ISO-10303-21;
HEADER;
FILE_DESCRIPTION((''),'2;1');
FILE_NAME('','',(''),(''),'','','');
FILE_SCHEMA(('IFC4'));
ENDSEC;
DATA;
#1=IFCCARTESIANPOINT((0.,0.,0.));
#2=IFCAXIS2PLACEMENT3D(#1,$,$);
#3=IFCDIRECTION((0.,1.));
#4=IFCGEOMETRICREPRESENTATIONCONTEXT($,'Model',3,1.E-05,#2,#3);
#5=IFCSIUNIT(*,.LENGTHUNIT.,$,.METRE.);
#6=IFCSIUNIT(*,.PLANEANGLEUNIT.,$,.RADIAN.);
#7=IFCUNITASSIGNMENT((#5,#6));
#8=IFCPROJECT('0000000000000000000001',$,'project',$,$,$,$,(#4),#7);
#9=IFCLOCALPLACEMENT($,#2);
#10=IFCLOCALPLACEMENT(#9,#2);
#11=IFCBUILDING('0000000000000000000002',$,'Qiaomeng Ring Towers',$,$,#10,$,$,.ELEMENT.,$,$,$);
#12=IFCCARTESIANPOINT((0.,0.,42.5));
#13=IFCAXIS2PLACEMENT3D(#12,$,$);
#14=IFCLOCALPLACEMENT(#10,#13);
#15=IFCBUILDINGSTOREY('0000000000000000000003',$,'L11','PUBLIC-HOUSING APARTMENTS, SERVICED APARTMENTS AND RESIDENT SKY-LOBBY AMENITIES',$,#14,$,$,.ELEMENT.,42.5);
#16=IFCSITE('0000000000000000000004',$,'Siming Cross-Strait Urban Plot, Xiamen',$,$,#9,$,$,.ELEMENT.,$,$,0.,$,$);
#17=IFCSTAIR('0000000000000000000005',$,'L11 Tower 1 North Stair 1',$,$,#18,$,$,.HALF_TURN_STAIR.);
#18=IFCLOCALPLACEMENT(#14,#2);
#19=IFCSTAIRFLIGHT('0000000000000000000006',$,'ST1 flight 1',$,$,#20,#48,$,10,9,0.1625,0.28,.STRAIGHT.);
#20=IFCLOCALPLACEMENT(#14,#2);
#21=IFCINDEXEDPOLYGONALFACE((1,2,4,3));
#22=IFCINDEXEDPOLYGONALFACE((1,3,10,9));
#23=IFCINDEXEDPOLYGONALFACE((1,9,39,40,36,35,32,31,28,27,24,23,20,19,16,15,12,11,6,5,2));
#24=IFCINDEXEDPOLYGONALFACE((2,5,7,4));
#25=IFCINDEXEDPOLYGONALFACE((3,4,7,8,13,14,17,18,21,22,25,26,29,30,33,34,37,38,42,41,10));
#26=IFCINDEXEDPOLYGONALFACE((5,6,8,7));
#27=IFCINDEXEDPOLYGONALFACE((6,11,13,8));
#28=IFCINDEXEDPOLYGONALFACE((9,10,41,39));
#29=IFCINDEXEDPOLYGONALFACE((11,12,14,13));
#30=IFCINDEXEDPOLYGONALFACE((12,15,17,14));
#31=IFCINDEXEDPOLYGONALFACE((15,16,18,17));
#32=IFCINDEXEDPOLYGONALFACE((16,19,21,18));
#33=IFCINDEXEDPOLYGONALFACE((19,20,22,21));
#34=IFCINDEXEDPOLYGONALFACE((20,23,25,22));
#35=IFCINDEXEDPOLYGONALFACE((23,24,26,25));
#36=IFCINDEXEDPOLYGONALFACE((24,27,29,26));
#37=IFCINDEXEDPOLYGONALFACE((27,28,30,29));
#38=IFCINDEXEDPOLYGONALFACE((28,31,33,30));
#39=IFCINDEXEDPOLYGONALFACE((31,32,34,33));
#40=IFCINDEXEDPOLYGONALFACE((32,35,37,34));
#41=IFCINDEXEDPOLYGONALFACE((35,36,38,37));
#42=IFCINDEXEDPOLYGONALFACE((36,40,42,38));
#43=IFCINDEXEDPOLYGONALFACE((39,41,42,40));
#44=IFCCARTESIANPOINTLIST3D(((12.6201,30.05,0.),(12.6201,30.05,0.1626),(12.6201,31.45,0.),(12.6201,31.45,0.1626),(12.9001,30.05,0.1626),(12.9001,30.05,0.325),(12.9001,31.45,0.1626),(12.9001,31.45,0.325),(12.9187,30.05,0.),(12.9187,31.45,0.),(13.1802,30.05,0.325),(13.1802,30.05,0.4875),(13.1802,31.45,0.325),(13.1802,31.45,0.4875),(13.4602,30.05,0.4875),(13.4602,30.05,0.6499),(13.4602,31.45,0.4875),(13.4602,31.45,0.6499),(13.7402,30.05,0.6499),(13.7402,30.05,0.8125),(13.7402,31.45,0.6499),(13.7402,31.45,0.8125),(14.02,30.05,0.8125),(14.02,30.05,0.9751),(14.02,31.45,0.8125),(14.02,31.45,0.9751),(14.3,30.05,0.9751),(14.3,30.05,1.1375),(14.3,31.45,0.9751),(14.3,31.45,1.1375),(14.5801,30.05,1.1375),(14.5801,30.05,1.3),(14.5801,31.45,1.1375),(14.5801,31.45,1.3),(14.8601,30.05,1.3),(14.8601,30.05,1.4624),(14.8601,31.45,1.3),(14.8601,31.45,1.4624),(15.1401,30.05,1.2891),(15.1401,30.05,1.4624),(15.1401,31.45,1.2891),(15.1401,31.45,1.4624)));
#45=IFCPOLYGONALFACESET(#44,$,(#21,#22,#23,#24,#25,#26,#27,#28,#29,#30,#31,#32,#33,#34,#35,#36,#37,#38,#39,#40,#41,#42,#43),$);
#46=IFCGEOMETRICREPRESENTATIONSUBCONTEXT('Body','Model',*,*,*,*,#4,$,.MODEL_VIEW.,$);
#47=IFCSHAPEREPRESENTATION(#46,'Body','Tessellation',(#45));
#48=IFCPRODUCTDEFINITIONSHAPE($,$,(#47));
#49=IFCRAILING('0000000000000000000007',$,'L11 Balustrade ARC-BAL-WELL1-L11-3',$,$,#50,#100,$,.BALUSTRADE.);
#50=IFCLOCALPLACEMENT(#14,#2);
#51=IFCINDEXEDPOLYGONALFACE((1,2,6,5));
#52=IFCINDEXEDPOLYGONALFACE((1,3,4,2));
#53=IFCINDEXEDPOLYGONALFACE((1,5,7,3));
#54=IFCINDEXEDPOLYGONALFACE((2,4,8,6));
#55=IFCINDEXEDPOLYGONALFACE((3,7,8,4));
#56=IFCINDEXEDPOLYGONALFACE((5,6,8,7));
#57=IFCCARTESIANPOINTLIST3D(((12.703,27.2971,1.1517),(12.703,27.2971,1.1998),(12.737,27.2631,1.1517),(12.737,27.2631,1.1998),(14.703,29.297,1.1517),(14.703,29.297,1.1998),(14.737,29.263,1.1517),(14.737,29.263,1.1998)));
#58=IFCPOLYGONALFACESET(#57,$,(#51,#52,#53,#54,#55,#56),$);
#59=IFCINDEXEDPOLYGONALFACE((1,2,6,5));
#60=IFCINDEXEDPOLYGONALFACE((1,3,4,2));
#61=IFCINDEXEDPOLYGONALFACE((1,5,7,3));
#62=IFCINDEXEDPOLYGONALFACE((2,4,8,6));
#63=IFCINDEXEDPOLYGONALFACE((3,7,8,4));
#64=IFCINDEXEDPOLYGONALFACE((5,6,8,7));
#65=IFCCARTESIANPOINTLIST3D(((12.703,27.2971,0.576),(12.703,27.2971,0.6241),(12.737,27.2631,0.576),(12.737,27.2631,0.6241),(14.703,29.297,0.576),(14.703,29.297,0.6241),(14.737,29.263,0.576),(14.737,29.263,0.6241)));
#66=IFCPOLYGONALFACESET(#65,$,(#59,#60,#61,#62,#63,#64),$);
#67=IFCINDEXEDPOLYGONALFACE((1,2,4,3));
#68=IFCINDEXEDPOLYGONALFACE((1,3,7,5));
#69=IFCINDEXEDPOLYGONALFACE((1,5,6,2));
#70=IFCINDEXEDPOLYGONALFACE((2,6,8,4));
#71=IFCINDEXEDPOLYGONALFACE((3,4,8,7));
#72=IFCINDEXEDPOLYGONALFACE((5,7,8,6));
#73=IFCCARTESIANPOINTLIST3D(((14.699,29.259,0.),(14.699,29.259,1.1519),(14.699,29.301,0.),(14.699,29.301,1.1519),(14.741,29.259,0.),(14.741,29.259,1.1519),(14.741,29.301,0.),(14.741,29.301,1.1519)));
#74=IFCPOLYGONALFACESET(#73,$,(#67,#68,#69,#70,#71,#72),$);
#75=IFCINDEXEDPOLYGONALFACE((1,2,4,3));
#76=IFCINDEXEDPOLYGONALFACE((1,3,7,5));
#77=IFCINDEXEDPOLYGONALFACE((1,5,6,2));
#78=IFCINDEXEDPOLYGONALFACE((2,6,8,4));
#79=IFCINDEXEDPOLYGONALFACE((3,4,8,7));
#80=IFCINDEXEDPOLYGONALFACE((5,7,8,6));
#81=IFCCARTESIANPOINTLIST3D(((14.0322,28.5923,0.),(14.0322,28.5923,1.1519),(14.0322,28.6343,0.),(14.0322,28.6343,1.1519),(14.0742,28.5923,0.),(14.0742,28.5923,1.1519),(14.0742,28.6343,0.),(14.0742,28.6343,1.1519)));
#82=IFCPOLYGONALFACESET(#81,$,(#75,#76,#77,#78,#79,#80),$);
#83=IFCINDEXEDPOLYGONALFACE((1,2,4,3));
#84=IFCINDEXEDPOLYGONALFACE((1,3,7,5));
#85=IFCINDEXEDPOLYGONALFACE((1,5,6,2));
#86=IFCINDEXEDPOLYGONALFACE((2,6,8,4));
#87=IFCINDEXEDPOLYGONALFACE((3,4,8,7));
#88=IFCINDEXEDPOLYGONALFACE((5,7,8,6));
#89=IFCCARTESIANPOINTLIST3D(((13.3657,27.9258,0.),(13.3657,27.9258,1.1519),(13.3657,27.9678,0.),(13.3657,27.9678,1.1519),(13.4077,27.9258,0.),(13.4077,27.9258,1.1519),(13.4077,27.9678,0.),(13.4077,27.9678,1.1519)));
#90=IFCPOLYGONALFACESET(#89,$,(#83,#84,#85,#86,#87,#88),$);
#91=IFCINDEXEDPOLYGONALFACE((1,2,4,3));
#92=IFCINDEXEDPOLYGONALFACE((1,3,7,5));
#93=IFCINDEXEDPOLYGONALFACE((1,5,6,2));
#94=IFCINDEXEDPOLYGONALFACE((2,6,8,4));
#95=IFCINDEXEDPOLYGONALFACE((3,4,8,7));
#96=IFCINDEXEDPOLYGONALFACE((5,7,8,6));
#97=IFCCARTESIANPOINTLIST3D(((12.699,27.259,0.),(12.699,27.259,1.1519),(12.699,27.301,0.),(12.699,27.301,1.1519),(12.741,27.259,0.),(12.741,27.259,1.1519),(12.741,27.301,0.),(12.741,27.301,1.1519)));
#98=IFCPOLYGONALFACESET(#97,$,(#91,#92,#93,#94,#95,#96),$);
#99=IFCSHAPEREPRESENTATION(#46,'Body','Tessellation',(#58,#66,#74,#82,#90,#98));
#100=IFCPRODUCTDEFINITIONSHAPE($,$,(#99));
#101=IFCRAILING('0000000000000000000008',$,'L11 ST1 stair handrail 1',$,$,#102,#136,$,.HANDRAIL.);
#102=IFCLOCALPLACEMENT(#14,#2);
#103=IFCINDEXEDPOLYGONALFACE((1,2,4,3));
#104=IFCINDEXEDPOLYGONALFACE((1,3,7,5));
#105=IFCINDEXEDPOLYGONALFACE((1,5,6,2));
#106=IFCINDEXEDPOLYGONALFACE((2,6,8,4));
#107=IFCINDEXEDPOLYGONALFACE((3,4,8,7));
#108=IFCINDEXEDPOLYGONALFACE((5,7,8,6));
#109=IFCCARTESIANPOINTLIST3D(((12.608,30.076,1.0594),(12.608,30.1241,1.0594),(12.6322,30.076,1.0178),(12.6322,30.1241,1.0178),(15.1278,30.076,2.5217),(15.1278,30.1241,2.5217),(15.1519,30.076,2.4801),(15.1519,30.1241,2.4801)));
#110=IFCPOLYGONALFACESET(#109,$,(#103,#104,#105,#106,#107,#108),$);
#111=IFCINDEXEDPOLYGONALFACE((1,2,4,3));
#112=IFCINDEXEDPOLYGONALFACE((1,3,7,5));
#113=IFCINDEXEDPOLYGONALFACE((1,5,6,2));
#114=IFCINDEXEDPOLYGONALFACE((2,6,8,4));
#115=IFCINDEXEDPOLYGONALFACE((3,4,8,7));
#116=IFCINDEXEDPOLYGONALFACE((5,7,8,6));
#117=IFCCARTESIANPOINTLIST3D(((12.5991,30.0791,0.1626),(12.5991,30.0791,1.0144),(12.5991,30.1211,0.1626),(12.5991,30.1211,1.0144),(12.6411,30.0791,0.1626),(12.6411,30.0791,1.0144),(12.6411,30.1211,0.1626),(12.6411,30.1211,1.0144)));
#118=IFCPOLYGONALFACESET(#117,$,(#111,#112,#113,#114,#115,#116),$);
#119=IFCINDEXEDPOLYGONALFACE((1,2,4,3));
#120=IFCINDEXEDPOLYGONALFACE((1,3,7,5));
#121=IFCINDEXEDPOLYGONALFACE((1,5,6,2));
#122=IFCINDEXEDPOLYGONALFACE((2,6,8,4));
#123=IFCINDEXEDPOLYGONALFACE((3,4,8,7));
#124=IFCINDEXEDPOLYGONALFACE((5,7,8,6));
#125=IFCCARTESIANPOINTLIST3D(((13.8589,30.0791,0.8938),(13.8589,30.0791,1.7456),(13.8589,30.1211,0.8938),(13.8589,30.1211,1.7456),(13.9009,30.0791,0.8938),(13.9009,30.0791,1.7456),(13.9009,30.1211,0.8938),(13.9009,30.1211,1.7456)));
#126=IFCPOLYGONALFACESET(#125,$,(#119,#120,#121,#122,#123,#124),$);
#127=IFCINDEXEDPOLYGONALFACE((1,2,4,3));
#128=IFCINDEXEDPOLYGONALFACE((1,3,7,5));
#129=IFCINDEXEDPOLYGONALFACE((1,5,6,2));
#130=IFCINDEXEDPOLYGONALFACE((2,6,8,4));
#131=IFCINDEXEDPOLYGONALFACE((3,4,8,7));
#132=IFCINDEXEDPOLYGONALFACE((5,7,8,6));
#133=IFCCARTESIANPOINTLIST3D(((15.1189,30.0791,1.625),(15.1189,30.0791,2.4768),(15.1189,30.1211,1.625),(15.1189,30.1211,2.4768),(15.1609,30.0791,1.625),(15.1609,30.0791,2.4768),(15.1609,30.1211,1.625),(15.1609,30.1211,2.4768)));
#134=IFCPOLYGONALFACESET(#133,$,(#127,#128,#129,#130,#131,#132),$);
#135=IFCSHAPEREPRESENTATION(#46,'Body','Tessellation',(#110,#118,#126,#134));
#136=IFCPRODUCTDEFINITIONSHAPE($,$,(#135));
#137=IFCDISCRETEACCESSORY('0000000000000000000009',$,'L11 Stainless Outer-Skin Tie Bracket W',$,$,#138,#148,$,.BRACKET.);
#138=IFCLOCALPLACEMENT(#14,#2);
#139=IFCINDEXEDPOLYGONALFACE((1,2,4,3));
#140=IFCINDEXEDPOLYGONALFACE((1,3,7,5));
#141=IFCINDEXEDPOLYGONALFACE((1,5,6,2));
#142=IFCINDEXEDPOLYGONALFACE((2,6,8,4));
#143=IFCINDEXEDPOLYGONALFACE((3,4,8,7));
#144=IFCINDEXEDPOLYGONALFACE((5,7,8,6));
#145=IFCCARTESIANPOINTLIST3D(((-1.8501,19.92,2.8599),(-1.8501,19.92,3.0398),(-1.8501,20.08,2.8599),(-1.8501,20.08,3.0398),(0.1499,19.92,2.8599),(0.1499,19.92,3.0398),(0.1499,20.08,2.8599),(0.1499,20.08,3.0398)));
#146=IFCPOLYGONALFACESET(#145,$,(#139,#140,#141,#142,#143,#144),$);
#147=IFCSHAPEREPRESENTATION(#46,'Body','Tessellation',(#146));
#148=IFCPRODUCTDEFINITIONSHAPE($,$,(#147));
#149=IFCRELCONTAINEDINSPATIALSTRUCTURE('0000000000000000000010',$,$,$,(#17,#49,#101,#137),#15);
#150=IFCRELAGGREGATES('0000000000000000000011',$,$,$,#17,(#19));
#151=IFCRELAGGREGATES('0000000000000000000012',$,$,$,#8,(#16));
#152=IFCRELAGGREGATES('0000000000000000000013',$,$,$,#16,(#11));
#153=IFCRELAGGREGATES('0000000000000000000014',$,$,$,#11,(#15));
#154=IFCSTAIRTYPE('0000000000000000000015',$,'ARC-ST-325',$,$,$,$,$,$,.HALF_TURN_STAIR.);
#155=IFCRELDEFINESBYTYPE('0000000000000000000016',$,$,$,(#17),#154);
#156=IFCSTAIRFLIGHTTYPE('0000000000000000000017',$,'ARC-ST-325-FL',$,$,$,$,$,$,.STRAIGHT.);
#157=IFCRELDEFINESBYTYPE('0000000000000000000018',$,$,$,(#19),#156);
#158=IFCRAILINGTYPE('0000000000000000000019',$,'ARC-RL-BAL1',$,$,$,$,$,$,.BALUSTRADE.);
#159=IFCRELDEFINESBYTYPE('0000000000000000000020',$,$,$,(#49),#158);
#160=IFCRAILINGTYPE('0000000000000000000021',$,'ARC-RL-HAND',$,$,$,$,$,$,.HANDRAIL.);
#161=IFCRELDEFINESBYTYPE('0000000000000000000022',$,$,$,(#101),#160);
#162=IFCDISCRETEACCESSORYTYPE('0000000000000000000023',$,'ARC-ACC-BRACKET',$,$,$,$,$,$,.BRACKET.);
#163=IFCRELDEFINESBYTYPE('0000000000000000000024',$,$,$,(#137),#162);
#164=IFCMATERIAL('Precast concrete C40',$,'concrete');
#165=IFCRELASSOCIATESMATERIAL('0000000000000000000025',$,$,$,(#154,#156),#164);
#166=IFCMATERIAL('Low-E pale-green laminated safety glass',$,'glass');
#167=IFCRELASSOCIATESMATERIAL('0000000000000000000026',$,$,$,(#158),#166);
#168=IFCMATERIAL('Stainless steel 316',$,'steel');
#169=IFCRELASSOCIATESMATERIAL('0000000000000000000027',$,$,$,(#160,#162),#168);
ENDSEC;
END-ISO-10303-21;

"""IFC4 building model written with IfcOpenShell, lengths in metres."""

from ifc_helpers import new_model, si_unit, direction, frame, origin, origin_2d, place, context, subcontext, project, spatial, polyline, rectangle, outline, extrude, source, transform, mapped, material, type_object, element, aggregate, save


model = new_model("IFC4")

# Units and contexts
model_context = context("Model", 3, precision=1e-05, world=origin(), true_north=direction((0.0, 1.0)))
body_context = subcontext(model_context, "Body", "Model", "MODEL_VIEW")
ifc_project = project(units=[si_unit("LENGTHUNIT", "METRE"), si_unit("PLANEANGLEUNIT", "RADIAN")], contexts=[model_context])

# Site, building, storey
site_placement = place(None, origin())
site = spatial("IfcSite", under=ifc_project, at=site_placement, Name="Siming Cross-Strait Urban Plot, Xiamen", CompositionType="ELEMENT", RefElevation=0.0)
building_placement = place(site_placement, origin())
building = spatial("IfcBuilding", under=site, at=building_placement, Name="Qiaomeng Ring Towers", CompositionType="ELEMENT")
storey_placement = place(building_placement, frame((0.0, 0.0, 42.5)))
storey = spatial("IfcBuildingStorey", under=building, at=storey_placement, Name="L11", Description="PUBLIC-HOUSING APARTMENTS, SERVICED APARTMENTS AND RESIDENT SKY-LOBBY AMENITIES", CompositionType="ELEMENT", Elevation=42.5)

# Stair, stair flight
ifc_material_1 = material(Name="Precast concrete C40", Category="concrete")
stair_type = type_object("IfcStairType", Name="ARC-ST-325", PredefinedType="HALF_TURN_STAIR", material=ifc_material_1)
stair_placement = place(storey_placement, origin())
stair = element("IfcStair", 1, at=stair_placement, inside=storey, type_object=stair_type, Name="L11 Tower 1 North Stair 1", PredefinedType="HALF_TURN_STAIR")
stair_flight_type = type_object("IfcStairFlightType", Name="ARC-ST-325-FL", PredefinedType="STRAIGHT", material=ifc_material_1)
shared_shape_1 = source(origin(), body_context, "Body", "SweptSolid", [
    extrude(outline(polyline([(0.0, 0.0), (0.0, 0.1626), (0.28, 0.1626), (0.28, 0.325), (0.5601, 0.325), (0.5601, 0.4875), (0.8401, 0.4875), (0.8401, 0.6499), (1.1201, 0.6499), (1.1201, 0.8125), (1.3999, 0.8125), (1.3999, 0.9751), (1.6799, 0.9751), (1.6799, 1.1375), (1.96, 1.1375), (1.96, 1.3), (2.24, 1.3), (2.24, 1.4624), (2.52, 1.4624), (2.52, 1.625), (2.52, 1.2891), (0.2986, 0.0), (0.0, 0.0)])), frame((0.0, 0.7, 0.0), z_axis=(0.0, -1.0, 0.0), x_axis=(1.0, 0.0, 0.0)), (0.0, 0.0, 1.0), 1.3999),
])
stair_flight_placement = place(storey_placement, frame((12.6201, 30.75, 0.0), z_axis=(0.0, 0.0, 1.0), x_axis=(1.0, 0.0, 0.0)))
stair_flight = element("IfcStairFlight", 2, at=stair_flight_placement, type_object=stair_flight_type, Name="ST1 flight 1", NumberOfRisers=10, NumberOfTreads=9, PredefinedType="STRAIGHT", RiserHeight=0.1625, TreadLength=0.28, context=body_context, shape_type="MappedRepresentation", body=[
    mapped(shared_shape_1, transform((0.0, 0.0, 0.0), x_axis=(1.0, 0.0, 0.0), y_axis=(0.0, 1.0, 0.0), z_axis=(0.0, 0.0, 1.0), scale=1.0)),
])
aggregate(stair, [stair_flight])

# Railings
ifc_material_2 = material(Name="Low-E pale-green laminated safety glass", Category="glass")
railing_type_1 = type_object("IfcRailingType", Name="ARC-RL-BAL1", PredefinedType="BALUSTRADE", material=ifc_material_2)
railing_1_placement = place(storey_placement, frame((14.72, 29.28, 0.0)))
element("IfcRailing", 3, at=railing_1_placement, inside=storey, type_object=railing_type_1, Name="L11 Balustrade ARC-BAL-WELL1-L11-3", PredefinedType="BALUSTRADE", context=body_context, shape_type="SweptSolid", body=[
    extrude(rectangle(XDim=0.0481, YDim=0.0481, at=origin_2d()), frame((0.0, 0.0, 1.1758), z_axis=(-0.707107, -0.707107, 0.0), x_axis=(0.707107, -0.707107, 0.0)), (0.0, 0.0, 1.0), 2.8284),
    extrude(rectangle(XDim=0.0481, YDim=0.0481, at=origin_2d()), frame((0.0, 0.0, 0.6001), z_axis=(-0.707107, -0.707107, 0.0), x_axis=(0.707107, -0.707107, 0.0)), (0.0, 0.0, 1.0), 2.8284),
    extrude(rectangle(XDim=0.042, YDim=0.042, at=origin_2d()), origin(), (0.0, 0.0, 1.0), 1.1519),
    extrude(rectangle(XDim=0.042, YDim=0.042, at=origin_2d()), frame((-0.6667, -0.6667, 0.0)), (0.0, 0.0, 1.0), 1.1519),
    extrude(rectangle(XDim=0.042, YDim=0.042, at=origin_2d()), frame((-1.3333, -1.3333, 0.0)), (0.0, 0.0, 1.0), 1.1519),
    extrude(rectangle(XDim=0.042, YDim=0.042, at=origin_2d()), frame((-2.0, -2.0, 0.0)), (0.0, 0.0, 1.0), 1.1519),
])
ifc_material_3 = material(Name="Stainless steel 316", Category="steel")
railing_type_2 = type_object("IfcRailingType", Name="ARC-RL-HAND", PredefinedType="HANDRAIL", material=ifc_material_3)
railing_2_placement = place(storey_placement, frame((12.6201, 30.1001, 0.1626)))
element("IfcRailing", 4, at=railing_2_placement, inside=storey, type_object=railing_type_2, Name="L11 ST1 stair handrail 1", PredefinedType="HANDRAIL", context=body_context, shape_type="SweptSolid", body=[
    extrude(rectangle(XDim=0.0481, YDim=0.0481, at=origin_2d()), frame((0.0, 0.0, 0.876), z_axis=(0.864892, 0.0, 0.501958), x_axis=(0.0, 1.0, 0.0)), (0.0, 0.0, 1.0), 2.9133),
    extrude(rectangle(XDim=0.042, YDim=0.042, at=origin_2d()), origin(), (0.0, 0.0, 1.0), 0.8518),
    extrude(rectangle(XDim=0.042, YDim=0.042, at=origin_2d()), frame((1.2598, 0.0, 0.7312)), (0.0, 0.0, 1.0), 0.8518),
    extrude(rectangle(XDim=0.042, YDim=0.042, at=origin_2d()), frame((2.5198, 0.0, 1.4624)), (0.0, 0.0, 1.0), 0.8518),
])

# Discrete accessory
discrete_accessory_type = type_object("IfcDiscreteAccessoryType", Name="ARC-ACC-BRACKET", PredefinedType="BRACKET", material=ifc_material_3)
shared_shape_2 = source(origin(), body_context, "Body", "SweptSolid", [
    extrude(rectangle(XDim=2.0, YDim=0.1599, at=origin_2d()), origin(), (0.0, 0.0, 1.0), 0.1799),
])
discrete_accessory_placement = place(storey_placement, frame((-0.8501, 20.0, 2.8599), z_axis=(0.0, 0.0, 1.0), x_axis=(1.0, 0.0, 0.0)))
element("IfcDiscreteAccessory", 5, at=discrete_accessory_placement, inside=storey, type_object=discrete_accessory_type, Name="L11 Stainless Outer-Skin Tie Bracket W", PredefinedType="BRACKET", context=body_context, shape_type="MappedRepresentation", body=[
    mapped(shared_shape_2, transform((0.0, 0.0, 0.0), x_axis=(1.0, 0.0, 0.0), y_axis=(0.0, 1.0, 0.0), z_axis=(0.0, 0.0, 1.0), scale=1.0)),
])

save(model, "model.ifc")
